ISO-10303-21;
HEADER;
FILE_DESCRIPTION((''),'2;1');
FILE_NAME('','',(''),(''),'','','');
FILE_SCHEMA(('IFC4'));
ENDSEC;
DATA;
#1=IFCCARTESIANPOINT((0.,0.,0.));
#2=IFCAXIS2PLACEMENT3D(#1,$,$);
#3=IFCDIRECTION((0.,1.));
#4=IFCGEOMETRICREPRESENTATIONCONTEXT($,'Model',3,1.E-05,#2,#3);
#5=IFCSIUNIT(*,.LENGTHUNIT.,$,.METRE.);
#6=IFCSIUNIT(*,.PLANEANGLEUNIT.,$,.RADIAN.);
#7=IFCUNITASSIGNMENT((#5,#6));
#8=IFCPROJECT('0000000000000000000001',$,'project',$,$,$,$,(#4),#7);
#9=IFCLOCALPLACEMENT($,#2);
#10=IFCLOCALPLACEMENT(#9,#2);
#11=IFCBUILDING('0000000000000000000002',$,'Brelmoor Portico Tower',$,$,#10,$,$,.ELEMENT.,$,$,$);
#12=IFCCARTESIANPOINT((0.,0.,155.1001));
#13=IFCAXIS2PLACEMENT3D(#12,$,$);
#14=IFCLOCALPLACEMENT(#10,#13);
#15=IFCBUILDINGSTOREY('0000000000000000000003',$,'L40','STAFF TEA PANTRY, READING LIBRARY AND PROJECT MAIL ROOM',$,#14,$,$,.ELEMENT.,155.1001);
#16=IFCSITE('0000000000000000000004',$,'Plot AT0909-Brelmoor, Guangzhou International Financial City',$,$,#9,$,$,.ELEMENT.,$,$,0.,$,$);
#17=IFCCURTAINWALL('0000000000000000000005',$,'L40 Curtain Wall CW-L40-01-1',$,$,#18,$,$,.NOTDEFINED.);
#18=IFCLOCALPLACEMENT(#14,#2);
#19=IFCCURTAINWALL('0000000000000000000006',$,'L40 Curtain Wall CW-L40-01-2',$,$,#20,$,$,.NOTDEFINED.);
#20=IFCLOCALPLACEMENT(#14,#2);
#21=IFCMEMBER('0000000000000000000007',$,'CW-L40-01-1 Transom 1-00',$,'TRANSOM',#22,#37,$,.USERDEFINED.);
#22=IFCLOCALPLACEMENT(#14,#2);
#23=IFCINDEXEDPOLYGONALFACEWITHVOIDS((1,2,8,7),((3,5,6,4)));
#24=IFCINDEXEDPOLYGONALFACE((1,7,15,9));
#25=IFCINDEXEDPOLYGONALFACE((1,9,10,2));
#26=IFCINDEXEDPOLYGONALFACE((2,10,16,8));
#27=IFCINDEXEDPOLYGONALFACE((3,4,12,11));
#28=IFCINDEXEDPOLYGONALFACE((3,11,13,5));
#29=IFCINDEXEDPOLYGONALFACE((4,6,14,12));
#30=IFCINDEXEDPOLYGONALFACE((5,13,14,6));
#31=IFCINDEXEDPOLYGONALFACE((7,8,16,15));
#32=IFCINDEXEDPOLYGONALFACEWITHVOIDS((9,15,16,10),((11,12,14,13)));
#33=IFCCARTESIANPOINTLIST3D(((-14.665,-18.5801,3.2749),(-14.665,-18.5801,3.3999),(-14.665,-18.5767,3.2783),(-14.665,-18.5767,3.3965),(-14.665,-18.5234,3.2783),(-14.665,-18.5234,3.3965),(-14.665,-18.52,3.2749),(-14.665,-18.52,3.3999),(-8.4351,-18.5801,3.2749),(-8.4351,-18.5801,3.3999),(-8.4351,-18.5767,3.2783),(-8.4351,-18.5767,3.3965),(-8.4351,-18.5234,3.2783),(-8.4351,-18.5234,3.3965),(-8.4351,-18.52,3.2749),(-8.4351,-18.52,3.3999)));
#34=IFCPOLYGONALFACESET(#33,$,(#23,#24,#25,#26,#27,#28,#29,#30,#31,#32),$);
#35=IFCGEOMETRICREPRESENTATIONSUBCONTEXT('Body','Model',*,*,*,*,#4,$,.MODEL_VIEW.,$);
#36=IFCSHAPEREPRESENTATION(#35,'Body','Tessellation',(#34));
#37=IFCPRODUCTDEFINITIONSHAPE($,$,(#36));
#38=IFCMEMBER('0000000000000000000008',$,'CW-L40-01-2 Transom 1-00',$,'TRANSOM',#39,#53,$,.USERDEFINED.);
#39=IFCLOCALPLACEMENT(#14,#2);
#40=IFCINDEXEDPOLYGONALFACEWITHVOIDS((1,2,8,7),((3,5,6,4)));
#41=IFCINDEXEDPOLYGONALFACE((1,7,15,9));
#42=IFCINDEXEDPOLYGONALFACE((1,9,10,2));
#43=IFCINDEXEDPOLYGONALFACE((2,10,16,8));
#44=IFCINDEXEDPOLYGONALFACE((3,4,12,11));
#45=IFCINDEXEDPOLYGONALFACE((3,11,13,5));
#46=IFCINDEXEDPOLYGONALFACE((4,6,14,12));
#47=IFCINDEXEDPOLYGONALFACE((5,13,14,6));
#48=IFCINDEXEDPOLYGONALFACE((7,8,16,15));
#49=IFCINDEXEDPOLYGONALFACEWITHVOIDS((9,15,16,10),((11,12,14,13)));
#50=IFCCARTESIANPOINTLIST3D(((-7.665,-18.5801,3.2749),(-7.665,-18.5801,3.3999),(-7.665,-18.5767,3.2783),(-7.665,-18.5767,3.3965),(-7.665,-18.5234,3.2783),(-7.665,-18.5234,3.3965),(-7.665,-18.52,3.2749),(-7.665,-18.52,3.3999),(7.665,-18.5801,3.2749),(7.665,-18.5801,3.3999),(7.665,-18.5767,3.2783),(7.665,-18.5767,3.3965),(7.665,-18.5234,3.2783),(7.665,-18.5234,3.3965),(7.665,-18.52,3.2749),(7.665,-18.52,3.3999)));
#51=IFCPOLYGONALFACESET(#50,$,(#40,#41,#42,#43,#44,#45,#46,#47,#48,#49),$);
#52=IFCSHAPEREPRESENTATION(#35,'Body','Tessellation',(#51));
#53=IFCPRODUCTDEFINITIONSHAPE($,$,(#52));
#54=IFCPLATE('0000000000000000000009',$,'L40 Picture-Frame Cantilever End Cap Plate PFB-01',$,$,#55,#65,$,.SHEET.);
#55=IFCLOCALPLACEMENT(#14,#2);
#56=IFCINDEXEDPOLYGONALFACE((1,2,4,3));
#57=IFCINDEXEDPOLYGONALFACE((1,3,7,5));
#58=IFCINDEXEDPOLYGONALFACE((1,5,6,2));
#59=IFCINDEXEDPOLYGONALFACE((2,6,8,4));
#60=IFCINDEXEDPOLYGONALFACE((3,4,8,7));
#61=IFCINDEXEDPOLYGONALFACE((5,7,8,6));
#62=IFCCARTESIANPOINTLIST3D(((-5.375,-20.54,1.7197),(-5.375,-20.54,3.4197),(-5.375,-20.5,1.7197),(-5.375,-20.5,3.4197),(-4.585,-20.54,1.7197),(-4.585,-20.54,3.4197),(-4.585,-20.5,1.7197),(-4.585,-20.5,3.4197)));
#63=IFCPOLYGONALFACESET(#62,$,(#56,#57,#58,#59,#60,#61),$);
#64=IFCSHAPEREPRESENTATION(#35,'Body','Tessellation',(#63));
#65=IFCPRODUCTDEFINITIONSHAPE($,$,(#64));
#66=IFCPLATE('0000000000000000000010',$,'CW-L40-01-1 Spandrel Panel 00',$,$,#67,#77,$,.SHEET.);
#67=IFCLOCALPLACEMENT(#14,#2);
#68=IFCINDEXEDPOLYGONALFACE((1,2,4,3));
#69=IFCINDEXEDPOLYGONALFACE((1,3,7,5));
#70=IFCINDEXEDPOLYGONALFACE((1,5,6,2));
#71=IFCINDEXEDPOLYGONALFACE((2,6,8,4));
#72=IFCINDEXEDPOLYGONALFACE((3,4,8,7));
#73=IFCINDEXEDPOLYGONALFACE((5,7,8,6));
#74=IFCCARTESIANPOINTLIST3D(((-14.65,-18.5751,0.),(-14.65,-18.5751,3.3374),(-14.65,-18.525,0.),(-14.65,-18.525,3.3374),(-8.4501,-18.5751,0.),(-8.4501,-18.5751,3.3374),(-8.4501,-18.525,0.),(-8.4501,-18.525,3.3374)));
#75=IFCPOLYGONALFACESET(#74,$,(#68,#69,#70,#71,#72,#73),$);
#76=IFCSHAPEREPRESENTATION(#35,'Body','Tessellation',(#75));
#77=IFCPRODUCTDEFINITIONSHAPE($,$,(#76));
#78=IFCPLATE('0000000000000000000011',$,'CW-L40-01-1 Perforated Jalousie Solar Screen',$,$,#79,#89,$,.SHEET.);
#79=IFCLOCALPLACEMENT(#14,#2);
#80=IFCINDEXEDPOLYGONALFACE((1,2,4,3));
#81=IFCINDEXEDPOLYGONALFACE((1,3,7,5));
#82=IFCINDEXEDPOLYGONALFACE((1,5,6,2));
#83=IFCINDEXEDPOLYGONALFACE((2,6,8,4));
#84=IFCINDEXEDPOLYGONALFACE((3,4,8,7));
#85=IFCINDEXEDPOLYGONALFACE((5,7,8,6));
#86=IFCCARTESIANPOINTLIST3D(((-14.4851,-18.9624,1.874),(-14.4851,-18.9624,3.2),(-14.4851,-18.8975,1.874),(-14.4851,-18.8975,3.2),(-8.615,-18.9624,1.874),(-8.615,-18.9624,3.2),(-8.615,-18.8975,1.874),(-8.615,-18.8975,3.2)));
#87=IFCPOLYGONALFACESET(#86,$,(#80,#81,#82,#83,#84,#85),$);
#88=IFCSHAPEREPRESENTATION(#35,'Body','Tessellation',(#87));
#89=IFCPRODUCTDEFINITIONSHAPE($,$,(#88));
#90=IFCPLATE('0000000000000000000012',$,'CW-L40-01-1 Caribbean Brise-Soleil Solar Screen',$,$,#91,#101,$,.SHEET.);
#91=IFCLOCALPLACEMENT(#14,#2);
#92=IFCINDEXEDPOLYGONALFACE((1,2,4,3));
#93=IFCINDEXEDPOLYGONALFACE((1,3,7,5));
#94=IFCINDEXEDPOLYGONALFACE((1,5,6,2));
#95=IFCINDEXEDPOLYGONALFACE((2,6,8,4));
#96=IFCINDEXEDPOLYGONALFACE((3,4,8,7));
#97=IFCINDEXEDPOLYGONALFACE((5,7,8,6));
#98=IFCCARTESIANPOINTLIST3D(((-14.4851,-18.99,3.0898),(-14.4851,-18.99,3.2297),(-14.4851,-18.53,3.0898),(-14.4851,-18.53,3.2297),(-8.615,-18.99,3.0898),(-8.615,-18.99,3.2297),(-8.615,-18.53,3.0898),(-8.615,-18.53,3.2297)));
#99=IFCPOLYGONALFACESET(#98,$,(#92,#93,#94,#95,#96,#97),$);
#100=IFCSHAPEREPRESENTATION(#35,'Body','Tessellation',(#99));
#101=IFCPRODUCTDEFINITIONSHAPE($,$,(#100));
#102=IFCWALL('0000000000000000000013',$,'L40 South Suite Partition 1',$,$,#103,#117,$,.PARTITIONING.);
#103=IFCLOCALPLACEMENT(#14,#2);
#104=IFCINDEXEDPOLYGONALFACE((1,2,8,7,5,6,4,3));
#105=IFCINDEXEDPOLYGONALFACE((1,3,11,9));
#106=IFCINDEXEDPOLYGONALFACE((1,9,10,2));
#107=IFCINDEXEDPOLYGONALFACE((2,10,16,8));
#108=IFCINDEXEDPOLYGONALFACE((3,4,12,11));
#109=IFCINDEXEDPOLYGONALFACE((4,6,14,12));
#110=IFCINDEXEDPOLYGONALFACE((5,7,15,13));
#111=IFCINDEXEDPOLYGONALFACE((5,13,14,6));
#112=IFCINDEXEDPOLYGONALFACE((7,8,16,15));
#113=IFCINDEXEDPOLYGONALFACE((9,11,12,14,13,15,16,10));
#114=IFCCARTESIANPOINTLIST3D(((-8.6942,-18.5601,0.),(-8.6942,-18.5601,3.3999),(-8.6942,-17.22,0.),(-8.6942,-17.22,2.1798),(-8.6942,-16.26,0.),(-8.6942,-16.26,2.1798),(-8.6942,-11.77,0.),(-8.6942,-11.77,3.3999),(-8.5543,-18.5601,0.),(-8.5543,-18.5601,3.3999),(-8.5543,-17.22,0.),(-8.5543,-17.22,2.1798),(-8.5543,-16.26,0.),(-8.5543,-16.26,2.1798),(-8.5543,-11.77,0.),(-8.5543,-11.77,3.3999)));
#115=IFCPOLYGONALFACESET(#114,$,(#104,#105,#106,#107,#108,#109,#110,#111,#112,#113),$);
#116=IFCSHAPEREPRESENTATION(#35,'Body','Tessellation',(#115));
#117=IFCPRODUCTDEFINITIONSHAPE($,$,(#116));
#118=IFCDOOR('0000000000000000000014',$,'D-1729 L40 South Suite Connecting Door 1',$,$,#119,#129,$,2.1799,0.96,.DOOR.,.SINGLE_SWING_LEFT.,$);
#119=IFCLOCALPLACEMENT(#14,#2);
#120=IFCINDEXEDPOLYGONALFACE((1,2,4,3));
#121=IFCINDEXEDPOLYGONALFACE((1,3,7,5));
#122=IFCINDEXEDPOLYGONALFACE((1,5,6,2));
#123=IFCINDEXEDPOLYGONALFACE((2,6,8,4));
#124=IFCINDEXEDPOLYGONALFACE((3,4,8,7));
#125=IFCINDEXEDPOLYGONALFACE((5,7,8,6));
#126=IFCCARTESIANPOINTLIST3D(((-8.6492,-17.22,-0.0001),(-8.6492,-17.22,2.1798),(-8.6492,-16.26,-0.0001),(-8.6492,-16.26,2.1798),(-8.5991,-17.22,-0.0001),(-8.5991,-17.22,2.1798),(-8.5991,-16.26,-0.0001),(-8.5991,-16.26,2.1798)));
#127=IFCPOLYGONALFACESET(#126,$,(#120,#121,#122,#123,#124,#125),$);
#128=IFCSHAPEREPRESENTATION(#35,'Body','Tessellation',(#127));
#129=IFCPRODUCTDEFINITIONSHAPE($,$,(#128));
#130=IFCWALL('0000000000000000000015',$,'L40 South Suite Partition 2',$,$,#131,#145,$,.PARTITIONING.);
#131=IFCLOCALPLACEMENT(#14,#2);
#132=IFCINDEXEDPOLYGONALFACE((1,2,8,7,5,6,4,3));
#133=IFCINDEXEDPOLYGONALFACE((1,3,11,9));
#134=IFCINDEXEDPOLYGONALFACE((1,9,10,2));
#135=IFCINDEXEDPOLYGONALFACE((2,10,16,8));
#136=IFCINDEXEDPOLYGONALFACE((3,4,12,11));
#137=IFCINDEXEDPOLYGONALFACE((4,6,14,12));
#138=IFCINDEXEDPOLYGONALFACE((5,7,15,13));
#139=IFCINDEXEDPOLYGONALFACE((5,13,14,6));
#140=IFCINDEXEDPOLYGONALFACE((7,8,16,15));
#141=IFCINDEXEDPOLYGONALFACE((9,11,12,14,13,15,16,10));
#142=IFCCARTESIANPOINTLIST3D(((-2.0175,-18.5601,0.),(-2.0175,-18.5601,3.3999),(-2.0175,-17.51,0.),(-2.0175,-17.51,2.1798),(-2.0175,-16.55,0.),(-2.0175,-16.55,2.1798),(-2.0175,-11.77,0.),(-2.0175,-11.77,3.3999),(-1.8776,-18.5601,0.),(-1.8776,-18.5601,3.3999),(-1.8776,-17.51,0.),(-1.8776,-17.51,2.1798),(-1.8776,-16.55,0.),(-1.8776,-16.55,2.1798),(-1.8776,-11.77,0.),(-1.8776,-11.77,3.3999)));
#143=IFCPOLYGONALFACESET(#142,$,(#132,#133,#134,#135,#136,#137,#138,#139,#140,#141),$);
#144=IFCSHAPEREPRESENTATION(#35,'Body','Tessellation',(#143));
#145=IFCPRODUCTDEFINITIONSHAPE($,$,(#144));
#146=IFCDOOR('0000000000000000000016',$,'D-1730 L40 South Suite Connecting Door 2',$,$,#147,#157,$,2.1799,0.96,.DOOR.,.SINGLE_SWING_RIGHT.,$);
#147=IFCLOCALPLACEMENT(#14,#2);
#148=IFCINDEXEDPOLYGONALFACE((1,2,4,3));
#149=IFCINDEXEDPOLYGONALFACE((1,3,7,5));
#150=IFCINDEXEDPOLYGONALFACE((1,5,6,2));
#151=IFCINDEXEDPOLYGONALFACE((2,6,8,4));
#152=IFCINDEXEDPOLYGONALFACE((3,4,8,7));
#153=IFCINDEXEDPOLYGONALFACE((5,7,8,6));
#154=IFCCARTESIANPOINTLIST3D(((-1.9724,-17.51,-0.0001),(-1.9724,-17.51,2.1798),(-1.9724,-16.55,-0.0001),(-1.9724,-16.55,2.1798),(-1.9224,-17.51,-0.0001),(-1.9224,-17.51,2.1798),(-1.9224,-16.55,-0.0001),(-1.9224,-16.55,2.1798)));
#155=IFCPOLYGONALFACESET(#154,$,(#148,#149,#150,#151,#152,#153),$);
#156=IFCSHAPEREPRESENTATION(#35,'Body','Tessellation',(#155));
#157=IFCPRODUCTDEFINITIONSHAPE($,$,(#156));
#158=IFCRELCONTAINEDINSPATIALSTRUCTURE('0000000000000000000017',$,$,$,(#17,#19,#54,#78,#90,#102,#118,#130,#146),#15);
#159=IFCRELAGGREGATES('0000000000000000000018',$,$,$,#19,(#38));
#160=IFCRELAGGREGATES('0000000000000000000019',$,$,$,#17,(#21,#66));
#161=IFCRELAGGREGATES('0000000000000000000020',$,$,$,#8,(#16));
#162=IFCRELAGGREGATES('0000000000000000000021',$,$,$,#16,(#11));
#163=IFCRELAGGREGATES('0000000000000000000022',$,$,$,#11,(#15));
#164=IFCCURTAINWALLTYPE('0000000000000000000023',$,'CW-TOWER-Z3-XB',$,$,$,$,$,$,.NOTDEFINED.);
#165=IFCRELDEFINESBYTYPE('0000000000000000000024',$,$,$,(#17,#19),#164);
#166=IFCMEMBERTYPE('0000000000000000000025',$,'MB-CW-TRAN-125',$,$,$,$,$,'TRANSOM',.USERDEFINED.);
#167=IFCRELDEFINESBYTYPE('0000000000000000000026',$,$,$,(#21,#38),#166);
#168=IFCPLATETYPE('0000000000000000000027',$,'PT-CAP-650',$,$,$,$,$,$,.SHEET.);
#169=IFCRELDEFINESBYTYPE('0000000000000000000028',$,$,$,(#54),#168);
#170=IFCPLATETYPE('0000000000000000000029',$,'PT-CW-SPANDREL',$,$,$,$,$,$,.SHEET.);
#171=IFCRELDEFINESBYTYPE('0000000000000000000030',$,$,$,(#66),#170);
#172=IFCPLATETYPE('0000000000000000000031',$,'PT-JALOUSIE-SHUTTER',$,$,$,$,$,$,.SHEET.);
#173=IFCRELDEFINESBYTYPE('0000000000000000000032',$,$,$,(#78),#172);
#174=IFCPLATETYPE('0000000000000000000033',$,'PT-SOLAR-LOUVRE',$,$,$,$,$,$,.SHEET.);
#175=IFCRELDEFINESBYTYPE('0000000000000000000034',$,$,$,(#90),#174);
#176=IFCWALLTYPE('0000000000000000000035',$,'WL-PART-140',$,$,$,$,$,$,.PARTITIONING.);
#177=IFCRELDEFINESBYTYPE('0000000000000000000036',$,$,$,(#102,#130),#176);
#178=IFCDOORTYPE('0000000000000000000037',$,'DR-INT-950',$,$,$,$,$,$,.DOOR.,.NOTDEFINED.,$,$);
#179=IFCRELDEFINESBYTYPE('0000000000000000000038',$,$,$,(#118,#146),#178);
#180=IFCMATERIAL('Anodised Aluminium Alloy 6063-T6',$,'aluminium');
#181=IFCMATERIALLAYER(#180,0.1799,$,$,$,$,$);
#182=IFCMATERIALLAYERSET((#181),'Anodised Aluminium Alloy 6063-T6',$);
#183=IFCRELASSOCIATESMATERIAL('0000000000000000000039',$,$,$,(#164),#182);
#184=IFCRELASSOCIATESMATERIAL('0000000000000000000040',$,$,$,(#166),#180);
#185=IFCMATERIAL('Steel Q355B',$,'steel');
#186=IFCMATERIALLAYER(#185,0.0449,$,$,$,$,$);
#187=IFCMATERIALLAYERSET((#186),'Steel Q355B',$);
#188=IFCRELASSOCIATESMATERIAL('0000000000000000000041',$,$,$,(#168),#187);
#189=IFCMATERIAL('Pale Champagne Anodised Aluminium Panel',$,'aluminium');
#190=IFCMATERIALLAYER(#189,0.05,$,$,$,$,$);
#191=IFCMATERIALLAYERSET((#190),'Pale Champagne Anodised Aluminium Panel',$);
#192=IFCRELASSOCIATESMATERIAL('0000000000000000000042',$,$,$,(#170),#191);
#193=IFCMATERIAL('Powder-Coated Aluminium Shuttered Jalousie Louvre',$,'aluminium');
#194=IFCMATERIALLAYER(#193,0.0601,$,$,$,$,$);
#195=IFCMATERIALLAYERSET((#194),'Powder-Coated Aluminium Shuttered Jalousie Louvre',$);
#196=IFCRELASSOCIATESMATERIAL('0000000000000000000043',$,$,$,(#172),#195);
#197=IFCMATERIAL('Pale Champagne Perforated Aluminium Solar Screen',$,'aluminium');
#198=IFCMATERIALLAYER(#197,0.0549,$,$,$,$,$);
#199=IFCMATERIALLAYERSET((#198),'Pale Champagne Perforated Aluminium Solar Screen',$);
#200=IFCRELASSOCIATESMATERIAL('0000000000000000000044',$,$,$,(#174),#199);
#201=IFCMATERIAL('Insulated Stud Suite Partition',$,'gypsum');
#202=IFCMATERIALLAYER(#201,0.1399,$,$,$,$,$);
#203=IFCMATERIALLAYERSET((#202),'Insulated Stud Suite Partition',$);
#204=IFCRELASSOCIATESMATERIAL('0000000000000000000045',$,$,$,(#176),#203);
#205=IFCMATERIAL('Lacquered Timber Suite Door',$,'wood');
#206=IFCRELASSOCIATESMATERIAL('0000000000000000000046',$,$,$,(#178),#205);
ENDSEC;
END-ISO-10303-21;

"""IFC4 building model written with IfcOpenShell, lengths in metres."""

from ifc_helpers import new_model, si_unit, direction, frame, frame_2d, origin, origin_2d, place, context, subcontext, project, spatial, rectangle, hollow_rectangle, extrude, material, layer, layer_set, material_profile, profile_set, type_object, element, fill, aggregate, save


model = new_model("IFC4")

# Units and contexts
model_context = context("Model", 3, precision=1e-05, world=origin(), true_north=direction((0.0, 1.0)))
body_context = subcontext(model_context, "Body", "Model", "MODEL_VIEW")
ifc_project = project(units=[si_unit("LENGTHUNIT", "METRE"), si_unit("PLANEANGLEUNIT", "RADIAN")], contexts=[model_context])

# Site, building, storey
site_placement = place(None, origin())
site = spatial("IfcSite", under=ifc_project, at=site_placement, Name="Plot AT0909-Brelmoor, Guangzhou International Financial City", CompositionType="ELEMENT", RefElevation=0.0)
building_placement = place(site_placement, origin())
building = spatial("IfcBuilding", under=site, at=building_placement, Name="Brelmoor Portico Tower", CompositionType="ELEMENT")
storey_placement = place(building_placement, frame((0.0, 0.0, 155.1001)))
storey = spatial("IfcBuildingStorey", under=building, at=storey_placement, Name="L40", Description="STAFF TEA PANTRY, READING LIBRARY AND PROJECT MAIL ROOM", CompositionType="ELEMENT", Elevation=155.1001)

# Shared definitions
ifc_material_1 = material(Name="Steel Q355B", Category="steel")

# Curtain wall
ifc_material_2 = material(Name="Anodised Aluminium Alloy 6063-T6", Category="aluminium")
ifc_layer_1 = layer(ifc_material_2, 0.1799)
ifc_layer_set_1 = layer_set([ifc_layer_1], Name="Anodised Aluminium Alloy 6063-T6")
curtain_wall_type = type_object("IfcCurtainWallType", Name="CW-TOWER-Z3-XB", PredefinedType="NOTDEFINED", material=ifc_layer_set_1)
curtain_wall_1_placement = place(storey_placement, origin())
curtain_wall_1 = element("IfcCurtainWall", 1, at=curtain_wall_1_placement, inside=storey, type_object=curtain_wall_type, Name="L40 Curtain Wall CW-L40-01-1", PredefinedType="NOTDEFINED")

# Curtain wall
curtain_wall_2_placement = place(storey_placement, origin())
curtain_wall_2 = element("IfcCurtainWall", 2, at=curtain_wall_2_placement, inside=storey, type_object=curtain_wall_type, Name="L40 Curtain Wall CW-L40-01-2", PredefinedType="NOTDEFINED")

# Members
ifc_material_profile_1 = material_profile(ifc_material_2, hollow_rectangle(XDim=0.0601, YDim=0.125, WallThickness=0.0034, at=origin_2d()), Name="ALU TRANSOM 60x125")
ifc_profile_set_1 = profile_set([ifc_material_profile_1], Name="Anodised Aluminium Alloy 6063-T6")
member_type_1 = type_object("IfcMemberType", Name="MB-CW-TRAN-125", ElementType="TRANSOM", PredefinedType="USERDEFINED", material=ifc_profile_set_1)
member_1_placement = place(storey_placement, frame((-14.665, -18.55, 3.3374), z_axis=(1.0, 0.0, 0.0), x_axis=(0.0, 1.0, 0.0)))
member_1 = element("IfcMember", 3, at=member_1_placement, type_object=member_type_1, Name="CW-L40-01-1 Transom 1-00", ObjectType="TRANSOM", PredefinedType="USERDEFINED", context=body_context, shape_type="SweptSolid", body=[
    extrude(hollow_rectangle(XDim=0.0601, YDim=0.125, WallThickness=0.0034, at=origin_2d()), origin(), (0.0, 0.0, 1.0), 6.23),
])
member_2_placement = place(storey_placement, frame((-7.665, -18.55, 3.3374), z_axis=(1.0, 0.0, 0.0), x_axis=(0.0, 1.0, 0.0)))
member_2 = element("IfcMember", 4, at=member_2_placement, type_object=member_type_1, Name="CW-L40-01-2 Transom 1-00", ObjectType="TRANSOM", PredefinedType="USERDEFINED", context=body_context, shape_type="SweptSolid", body=[
    extrude(hollow_rectangle(XDim=0.0601, YDim=0.125, WallThickness=0.0034, at=origin_2d()), origin(), (0.0, 0.0, 1.0), 15.3301),
])
aggregate(curtain_wall_2, [member_2])

# Plates
ifc_layer_2 = layer(ifc_material_1, 0.0449)
ifc_layer_set_2 = layer_set([ifc_layer_2], Name="Steel Q355B")
plate_type_1 = type_object("IfcPlateType", Name="PT-CAP-650", PredefinedType="SHEET", material=ifc_layer_set_2)
plate_1_placement = place(storey_placement, frame((-4.98, -20.52, 1.7197), z_axis=(0.0, 0.0, 1.0), x_axis=(1.0, 0.0, 0.0)))
element("IfcPlate", 5, at=plate_1_placement, inside=storey, type_object=plate_type_1, Name="L40 Picture-Frame Cantilever End Cap Plate PFB-01", PredefinedType="SHEET", context=body_context, shape_type="SweptSolid", body=[
    extrude(rectangle(XDim=0.79, YDim=0.04, at=origin_2d()), origin(), (0.0, 0.0, 1.0), 1.7),
])
ifc_material_3 = material(Name="Pale Champagne Anodised Aluminium Panel", Category="aluminium")
ifc_layer_3 = layer(ifc_material_3, 0.05)
ifc_layer_set_3 = layer_set([ifc_layer_3], Name="Pale Champagne Anodised Aluminium Panel")
plate_type_2 = type_object("IfcPlateType", Name="PT-CW-SPANDREL", PredefinedType="SHEET", material=ifc_layer_set_3)
plate_2_placement = place(storey_placement, frame((-11.55, -18.55, 0.0), z_axis=(0.0, 0.0, 1.0), x_axis=(1.0, 0.0, 0.0)))
plate_2 = element("IfcPlate", 6, at=plate_2_placement, type_object=plate_type_2, Name="CW-L40-01-1 Spandrel Panel 00", PredefinedType="SHEET", context=body_context, shape_type="SweptSolid", body=[
    extrude(rectangle(XDim=6.2, YDim=0.05, at=origin_2d()), origin(), (0.0, 0.0, 1.0), 3.3374),
])
aggregate(curtain_wall_1, [member_1, plate_2])

# Plates
ifc_material_4 = material(Name="Powder-Coated Aluminium Shuttered Jalousie Louvre", Category="aluminium")
ifc_layer_4 = layer(ifc_material_4, 0.0601)
ifc_layer_set_4 = layer_set([ifc_layer_4], Name="Powder-Coated Aluminium Shuttered Jalousie Louvre")
plate_type_3 = type_object("IfcPlateType", Name="PT-JALOUSIE-SHUTTER", PredefinedType="SHEET", material=ifc_layer_set_4)
plate_3_placement = place(storey_placement, frame((-11.55, -18.9299, 1.874), z_axis=(0.0, 0.0, 1.0), x_axis=(1.0, 0.0, 0.0)))
element("IfcPlate", 7, at=plate_3_placement, inside=storey, type_object=plate_type_3, Name="CW-L40-01-1 Perforated Jalousie Solar Screen", PredefinedType="SHEET", context=body_context, shape_type="SweptSolid", body=[
    extrude(rectangle(XDim=5.8701, YDim=0.0649, at=origin_2d()), origin(), (0.0, 0.0, 1.0), 1.3259),
])
ifc_material_5 = material(Name="Pale Champagne Perforated Aluminium Solar Screen", Category="aluminium")
ifc_layer_5 = layer(ifc_material_5, 0.0549)
ifc_layer_set_5 = layer_set([ifc_layer_5], Name="Pale Champagne Perforated Aluminium Solar Screen")
plate_type_4 = type_object("IfcPlateType", Name="PT-SOLAR-LOUVRE", PredefinedType="SHEET", material=ifc_layer_set_5)
plate_4_placement = place(storey_placement, frame((-11.55, -18.76, 3.0898), z_axis=(0.0, 0.0, 1.0), x_axis=(1.0, 0.0, 0.0)))
element("IfcPlate", 8, at=plate_4_placement, inside=storey, type_object=plate_type_4, Name="CW-L40-01-1 Caribbean Brise-Soleil Solar Screen", PredefinedType="SHEET", context=body_context, shape_type="SweptSolid", body=[
    extrude(rectangle(XDim=5.8701, YDim=0.46, at=origin_2d()), origin(), (0.0, 0.0, 1.0), 0.1399),
])

# Walls, openings, doors
ifc_material_6 = material(Name="Insulated Stud Suite Partition", Category="gypsum")
ifc_layer_6 = layer(ifc_material_6, 0.1399)
ifc_layer_set_6 = layer_set([ifc_layer_6], Name="Insulated Stud Suite Partition")
wall_type_1 = type_object("IfcWallType", Name="WL-PART-140", PredefinedType="PARTITIONING", material=ifc_layer_set_6)
wall_1_placement = place(storey_placement, frame((-8.6243, -18.5601, 0.0), z_axis=(0.0, 0.0, 1.0), x_axis=(0.0, 1.0, 0.0)))
wall_1 = element("IfcWall", 9, at=wall_1_placement, inside=storey, type_object=wall_type_1, Name="L40 South Suite Partition 1", PredefinedType="PARTITIONING", context=body_context, shape_type="SweptSolid", body=[
    extrude(rectangle(XDim=6.79, YDim=0.1399, at=frame_2d((3.395, 0.0))), origin(), (0.0, 0.0, 1.0), 3.3999),
])
opening_1_placement = place(wall_1_placement, frame((1.3401, 0.0, 0.0)))
opening_1 = element("IfcOpeningElement", 10, at=opening_1_placement, cuts=wall_1, PredefinedType="OPENING", context=body_context, shape_type="SweptSolid", body=[
    extrude(rectangle(XDim=0.96, YDim=2.1799, at=frame_2d((0.48, 1.0898))), frame((0.0, 0.0798, 0.0), z_axis=(0.0, -1.0, 0.0), x_axis=(1.0, 0.0, 0.0)), (0.0, 0.0, 1.0), 0.1599),
])
ifc_material_7 = material(Name="Lacquered Timber Suite Door", Category="wood")
door_type_1 = type_object("IfcDoorType", Name="DR-INT-950", OperationType="NOTDEFINED", PredefinedType="DOOR", material=ifc_material_7)
door_1_placement = place(opening_1_placement, origin())
door_1 = element("IfcDoor", 11, at=door_1_placement, inside=storey, type_object=door_type_1, Name="D-1729 L40 South Suite Connecting Door 1", OperationType="SINGLE_SWING_LEFT", OverallHeight=2.1799, OverallWidth=0.96, PredefinedType="DOOR", context=body_context, shape_type="SweptSolid", body=[
    extrude(rectangle(XDim=0.96, YDim=2.1799, at=frame_2d((0.48, 1.0898))), frame((0.0, 0.0249, 0.0), z_axis=(0.0, -1.0, 0.0), x_axis=(1.0, 0.0, 0.0)), (0.0, 0.0, 1.0), 0.05),
])
fill(opening_1, door_1)
wall_2_placement = place(storey_placement, frame((-1.9475, -18.5601, 0.0), z_axis=(0.0, 0.0, 1.0), x_axis=(0.0, 1.0, 0.0)))
wall_2 = element("IfcWall", 12, at=wall_2_placement, inside=storey, type_object=wall_type_1, Name="L40 South Suite Partition 2", PredefinedType="PARTITIONING", context=body_context, shape_type="SweptSolid", body=[
    extrude(rectangle(XDim=6.79, YDim=0.1399, at=frame_2d((3.395, 0.0))), origin(), (0.0, 0.0, 1.0), 3.3999),
])
opening_2_placement = place(wall_2_placement, frame((1.05, 0.0, 0.0)))
opening_2 = element("IfcOpeningElement", 13, at=opening_2_placement, cuts=wall_2, PredefinedType="OPENING", context=body_context, shape_type="SweptSolid", body=[
    extrude(rectangle(XDim=0.96, YDim=2.1799, at=frame_2d((0.48, 1.0898))), frame((0.0, 0.0798, 0.0), z_axis=(0.0, -1.0, 0.0), x_axis=(1.0, 0.0, 0.0)), (0.0, 0.0, 1.0), 0.1599),
])
door_2_placement = place(opening_2_placement, origin())
door_2 = element("IfcDoor", 14, at=door_2_placement, inside=storey, type_object=door_type_1, Name="D-1730 L40 South Suite Connecting Door 2", OperationType="SINGLE_SWING_RIGHT", OverallHeight=2.1799, OverallWidth=0.96, PredefinedType="DOOR", context=body_context, shape_type="SweptSolid", body=[
    extrude(rectangle(XDim=0.96, YDim=2.1799, at=frame_2d((0.48, 1.0898))), frame((0.0, 0.0249, 0.0), z_axis=(0.0, -1.0, 0.0), x_axis=(1.0, 0.0, 0.0)), (0.0, 0.0, 1.0), 0.05),
])
fill(opening_2, door_2)

save(model, "model.ifc")
